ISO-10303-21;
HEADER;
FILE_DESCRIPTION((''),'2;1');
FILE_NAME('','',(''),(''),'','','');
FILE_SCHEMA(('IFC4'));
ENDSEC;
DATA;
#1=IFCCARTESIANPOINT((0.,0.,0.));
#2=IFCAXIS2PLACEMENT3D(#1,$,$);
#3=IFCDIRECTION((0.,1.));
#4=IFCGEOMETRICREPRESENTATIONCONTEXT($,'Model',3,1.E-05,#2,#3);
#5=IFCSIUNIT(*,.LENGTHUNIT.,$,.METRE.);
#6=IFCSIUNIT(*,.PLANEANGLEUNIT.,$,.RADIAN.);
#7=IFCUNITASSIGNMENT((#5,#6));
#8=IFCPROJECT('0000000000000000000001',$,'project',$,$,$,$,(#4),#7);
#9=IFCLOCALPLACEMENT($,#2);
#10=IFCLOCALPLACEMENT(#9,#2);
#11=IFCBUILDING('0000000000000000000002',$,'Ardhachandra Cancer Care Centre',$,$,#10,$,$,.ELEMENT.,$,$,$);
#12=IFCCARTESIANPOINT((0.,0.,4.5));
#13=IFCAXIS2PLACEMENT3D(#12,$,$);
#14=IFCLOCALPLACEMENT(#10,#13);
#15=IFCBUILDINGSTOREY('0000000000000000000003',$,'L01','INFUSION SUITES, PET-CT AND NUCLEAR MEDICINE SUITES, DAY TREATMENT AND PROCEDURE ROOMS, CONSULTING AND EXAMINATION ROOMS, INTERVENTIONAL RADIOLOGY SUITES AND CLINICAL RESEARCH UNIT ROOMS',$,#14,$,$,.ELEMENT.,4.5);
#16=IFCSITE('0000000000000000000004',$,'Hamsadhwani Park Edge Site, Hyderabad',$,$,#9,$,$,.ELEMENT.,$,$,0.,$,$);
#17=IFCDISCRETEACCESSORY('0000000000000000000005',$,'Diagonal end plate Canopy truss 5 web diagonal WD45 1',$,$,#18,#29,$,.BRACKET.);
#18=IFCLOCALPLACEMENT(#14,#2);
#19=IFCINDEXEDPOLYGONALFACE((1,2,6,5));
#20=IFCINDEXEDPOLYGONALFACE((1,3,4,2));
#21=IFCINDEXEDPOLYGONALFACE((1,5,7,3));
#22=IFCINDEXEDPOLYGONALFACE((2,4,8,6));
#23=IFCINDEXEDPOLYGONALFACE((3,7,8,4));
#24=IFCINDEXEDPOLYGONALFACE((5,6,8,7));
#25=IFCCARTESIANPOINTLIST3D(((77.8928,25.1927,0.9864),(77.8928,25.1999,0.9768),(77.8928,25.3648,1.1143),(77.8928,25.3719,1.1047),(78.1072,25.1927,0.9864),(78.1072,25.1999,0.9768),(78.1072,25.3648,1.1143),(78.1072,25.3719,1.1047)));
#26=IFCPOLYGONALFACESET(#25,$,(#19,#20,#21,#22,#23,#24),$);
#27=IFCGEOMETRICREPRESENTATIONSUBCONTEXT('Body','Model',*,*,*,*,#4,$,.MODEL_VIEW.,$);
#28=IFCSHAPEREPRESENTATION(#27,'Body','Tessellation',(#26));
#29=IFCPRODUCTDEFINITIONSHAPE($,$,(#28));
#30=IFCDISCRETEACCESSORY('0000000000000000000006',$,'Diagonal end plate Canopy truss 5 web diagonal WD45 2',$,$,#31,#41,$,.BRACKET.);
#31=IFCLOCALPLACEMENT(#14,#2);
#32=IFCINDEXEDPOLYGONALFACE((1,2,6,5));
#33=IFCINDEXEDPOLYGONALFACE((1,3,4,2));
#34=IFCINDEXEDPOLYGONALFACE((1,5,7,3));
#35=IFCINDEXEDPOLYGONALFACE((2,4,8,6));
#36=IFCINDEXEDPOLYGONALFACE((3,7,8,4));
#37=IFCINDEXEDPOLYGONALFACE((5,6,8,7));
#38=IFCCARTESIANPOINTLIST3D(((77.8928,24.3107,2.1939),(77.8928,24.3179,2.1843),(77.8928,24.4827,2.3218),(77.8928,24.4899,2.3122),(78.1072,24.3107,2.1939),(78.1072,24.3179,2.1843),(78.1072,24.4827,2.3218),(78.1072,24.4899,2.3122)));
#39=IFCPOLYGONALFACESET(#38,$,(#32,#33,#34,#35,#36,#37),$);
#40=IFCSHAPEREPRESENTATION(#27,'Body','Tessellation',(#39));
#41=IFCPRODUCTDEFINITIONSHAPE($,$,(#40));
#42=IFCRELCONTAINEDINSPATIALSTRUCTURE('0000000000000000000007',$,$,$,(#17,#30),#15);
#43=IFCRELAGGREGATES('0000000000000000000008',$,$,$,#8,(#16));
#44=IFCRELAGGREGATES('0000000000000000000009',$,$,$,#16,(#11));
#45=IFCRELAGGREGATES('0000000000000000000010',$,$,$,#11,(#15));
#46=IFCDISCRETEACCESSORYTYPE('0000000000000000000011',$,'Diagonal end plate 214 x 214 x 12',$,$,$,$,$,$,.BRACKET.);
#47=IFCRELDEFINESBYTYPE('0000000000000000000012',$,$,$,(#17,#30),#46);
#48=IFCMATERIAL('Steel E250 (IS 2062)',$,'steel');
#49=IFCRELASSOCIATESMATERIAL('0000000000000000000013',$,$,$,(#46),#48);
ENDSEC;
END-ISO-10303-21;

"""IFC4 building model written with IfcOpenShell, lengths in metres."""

from ifc_helpers import new_model, si_unit, direction, frame, origin, origin_2d, place, context, subcontext, project, spatial, rectangle, extrude, material, material_profile, profile_set, type_object, element, save


model = new_model("IFC4")

# Units and contexts
model_context = context("Model", 3, precision=1e-05, world=origin(), true_north=direction((0.0, 1.0)))
body_context = subcontext(model_context, "Body", "Model", "MODEL_VIEW")
ifc_project = project(units=[si_unit("LENGTHUNIT", "METRE"), si_unit("PLANEANGLEUNIT", "RADIAN")], contexts=[model_context])

# Site, building, storey
site_placement = place(None, origin())
site = spatial("IfcSite", under=ifc_project, at=site_placement, Name="Hamsadhwani Park Edge Site, Hyderabad", CompositionType="ELEMENT", RefElevation=0.0)
building_placement = place(site_placement, origin())
building = spatial("IfcBuilding", under=site, at=building_placement, Name="Ardhachandra Cancer Care Centre", CompositionType="ELEMENT")
storey_placement = place(building_placement, frame((0.0, 0.0, 4.5)))
storey = spatial("IfcBuildingStorey", under=building, at=storey_placement, Name="L01", Description="INFUSION SUITES, PET-CT AND NUCLEAR MEDICINE SUITES, DAY TREATMENT AND PROCEDURE ROOMS, CONSULTING AND EXAMINATION ROOMS, INTERVENTIONAL RADIOLOGY SUITES AND CLINICAL RESEARCH UNIT ROOMS", CompositionType="ELEMENT", Elevation=4.5)

# Discrete accessories
ifc_material_1 = material(Name="Steel E250 (IS 2062)", Category="steel")
ifc_material_profile_1 = material_profile(ifc_material_1, rectangle(XDim=0.2144, YDim=0.2144, at=origin_2d()), Name="PL 214x214x12")
ifc_profile_set_1 = profile_set([ifc_material_profile_1], Name="Steel E250 (IS 2062)")
discrete_accessory_type = type_object("IfcDiscreteAccessoryType", Name="Diagonal end plate 214 x 214 x 12", PredefinedType="BRACKET", material=ifc_profile_set_1)
for number, where, z_axis, x_axis, name in (
    (1, (78.0, 25.2859, 1.0408), (0.0, -0.596703, 0.802462), (1.0, 0.0, 0.0), "Diagonal end plate Canopy truss 5 web diagonal WD45 1"),
    (2, (78.0, 24.3967, 2.2578), (0.0, 0.596703, -0.802462), (-1.0, 0.0, 0.0), "Diagonal end plate Canopy truss 5 web diagonal WD45 2"),
):
    element("IfcDiscreteAccessory", number, at=place(storey_placement, frame(where, z_axis=z_axis, x_axis=x_axis)), inside=storey, type_object=discrete_accessory_type, Name=name, PredefinedType="BRACKET", context=body_context, shape_type="SweptSolid", body=[
        extrude(rectangle(XDim=0.2144, YDim=0.2144, at=origin_2d()), origin(), (0.0, 0.0, 1.0), 0.012),
    ])

save(model, "model.ifc")
